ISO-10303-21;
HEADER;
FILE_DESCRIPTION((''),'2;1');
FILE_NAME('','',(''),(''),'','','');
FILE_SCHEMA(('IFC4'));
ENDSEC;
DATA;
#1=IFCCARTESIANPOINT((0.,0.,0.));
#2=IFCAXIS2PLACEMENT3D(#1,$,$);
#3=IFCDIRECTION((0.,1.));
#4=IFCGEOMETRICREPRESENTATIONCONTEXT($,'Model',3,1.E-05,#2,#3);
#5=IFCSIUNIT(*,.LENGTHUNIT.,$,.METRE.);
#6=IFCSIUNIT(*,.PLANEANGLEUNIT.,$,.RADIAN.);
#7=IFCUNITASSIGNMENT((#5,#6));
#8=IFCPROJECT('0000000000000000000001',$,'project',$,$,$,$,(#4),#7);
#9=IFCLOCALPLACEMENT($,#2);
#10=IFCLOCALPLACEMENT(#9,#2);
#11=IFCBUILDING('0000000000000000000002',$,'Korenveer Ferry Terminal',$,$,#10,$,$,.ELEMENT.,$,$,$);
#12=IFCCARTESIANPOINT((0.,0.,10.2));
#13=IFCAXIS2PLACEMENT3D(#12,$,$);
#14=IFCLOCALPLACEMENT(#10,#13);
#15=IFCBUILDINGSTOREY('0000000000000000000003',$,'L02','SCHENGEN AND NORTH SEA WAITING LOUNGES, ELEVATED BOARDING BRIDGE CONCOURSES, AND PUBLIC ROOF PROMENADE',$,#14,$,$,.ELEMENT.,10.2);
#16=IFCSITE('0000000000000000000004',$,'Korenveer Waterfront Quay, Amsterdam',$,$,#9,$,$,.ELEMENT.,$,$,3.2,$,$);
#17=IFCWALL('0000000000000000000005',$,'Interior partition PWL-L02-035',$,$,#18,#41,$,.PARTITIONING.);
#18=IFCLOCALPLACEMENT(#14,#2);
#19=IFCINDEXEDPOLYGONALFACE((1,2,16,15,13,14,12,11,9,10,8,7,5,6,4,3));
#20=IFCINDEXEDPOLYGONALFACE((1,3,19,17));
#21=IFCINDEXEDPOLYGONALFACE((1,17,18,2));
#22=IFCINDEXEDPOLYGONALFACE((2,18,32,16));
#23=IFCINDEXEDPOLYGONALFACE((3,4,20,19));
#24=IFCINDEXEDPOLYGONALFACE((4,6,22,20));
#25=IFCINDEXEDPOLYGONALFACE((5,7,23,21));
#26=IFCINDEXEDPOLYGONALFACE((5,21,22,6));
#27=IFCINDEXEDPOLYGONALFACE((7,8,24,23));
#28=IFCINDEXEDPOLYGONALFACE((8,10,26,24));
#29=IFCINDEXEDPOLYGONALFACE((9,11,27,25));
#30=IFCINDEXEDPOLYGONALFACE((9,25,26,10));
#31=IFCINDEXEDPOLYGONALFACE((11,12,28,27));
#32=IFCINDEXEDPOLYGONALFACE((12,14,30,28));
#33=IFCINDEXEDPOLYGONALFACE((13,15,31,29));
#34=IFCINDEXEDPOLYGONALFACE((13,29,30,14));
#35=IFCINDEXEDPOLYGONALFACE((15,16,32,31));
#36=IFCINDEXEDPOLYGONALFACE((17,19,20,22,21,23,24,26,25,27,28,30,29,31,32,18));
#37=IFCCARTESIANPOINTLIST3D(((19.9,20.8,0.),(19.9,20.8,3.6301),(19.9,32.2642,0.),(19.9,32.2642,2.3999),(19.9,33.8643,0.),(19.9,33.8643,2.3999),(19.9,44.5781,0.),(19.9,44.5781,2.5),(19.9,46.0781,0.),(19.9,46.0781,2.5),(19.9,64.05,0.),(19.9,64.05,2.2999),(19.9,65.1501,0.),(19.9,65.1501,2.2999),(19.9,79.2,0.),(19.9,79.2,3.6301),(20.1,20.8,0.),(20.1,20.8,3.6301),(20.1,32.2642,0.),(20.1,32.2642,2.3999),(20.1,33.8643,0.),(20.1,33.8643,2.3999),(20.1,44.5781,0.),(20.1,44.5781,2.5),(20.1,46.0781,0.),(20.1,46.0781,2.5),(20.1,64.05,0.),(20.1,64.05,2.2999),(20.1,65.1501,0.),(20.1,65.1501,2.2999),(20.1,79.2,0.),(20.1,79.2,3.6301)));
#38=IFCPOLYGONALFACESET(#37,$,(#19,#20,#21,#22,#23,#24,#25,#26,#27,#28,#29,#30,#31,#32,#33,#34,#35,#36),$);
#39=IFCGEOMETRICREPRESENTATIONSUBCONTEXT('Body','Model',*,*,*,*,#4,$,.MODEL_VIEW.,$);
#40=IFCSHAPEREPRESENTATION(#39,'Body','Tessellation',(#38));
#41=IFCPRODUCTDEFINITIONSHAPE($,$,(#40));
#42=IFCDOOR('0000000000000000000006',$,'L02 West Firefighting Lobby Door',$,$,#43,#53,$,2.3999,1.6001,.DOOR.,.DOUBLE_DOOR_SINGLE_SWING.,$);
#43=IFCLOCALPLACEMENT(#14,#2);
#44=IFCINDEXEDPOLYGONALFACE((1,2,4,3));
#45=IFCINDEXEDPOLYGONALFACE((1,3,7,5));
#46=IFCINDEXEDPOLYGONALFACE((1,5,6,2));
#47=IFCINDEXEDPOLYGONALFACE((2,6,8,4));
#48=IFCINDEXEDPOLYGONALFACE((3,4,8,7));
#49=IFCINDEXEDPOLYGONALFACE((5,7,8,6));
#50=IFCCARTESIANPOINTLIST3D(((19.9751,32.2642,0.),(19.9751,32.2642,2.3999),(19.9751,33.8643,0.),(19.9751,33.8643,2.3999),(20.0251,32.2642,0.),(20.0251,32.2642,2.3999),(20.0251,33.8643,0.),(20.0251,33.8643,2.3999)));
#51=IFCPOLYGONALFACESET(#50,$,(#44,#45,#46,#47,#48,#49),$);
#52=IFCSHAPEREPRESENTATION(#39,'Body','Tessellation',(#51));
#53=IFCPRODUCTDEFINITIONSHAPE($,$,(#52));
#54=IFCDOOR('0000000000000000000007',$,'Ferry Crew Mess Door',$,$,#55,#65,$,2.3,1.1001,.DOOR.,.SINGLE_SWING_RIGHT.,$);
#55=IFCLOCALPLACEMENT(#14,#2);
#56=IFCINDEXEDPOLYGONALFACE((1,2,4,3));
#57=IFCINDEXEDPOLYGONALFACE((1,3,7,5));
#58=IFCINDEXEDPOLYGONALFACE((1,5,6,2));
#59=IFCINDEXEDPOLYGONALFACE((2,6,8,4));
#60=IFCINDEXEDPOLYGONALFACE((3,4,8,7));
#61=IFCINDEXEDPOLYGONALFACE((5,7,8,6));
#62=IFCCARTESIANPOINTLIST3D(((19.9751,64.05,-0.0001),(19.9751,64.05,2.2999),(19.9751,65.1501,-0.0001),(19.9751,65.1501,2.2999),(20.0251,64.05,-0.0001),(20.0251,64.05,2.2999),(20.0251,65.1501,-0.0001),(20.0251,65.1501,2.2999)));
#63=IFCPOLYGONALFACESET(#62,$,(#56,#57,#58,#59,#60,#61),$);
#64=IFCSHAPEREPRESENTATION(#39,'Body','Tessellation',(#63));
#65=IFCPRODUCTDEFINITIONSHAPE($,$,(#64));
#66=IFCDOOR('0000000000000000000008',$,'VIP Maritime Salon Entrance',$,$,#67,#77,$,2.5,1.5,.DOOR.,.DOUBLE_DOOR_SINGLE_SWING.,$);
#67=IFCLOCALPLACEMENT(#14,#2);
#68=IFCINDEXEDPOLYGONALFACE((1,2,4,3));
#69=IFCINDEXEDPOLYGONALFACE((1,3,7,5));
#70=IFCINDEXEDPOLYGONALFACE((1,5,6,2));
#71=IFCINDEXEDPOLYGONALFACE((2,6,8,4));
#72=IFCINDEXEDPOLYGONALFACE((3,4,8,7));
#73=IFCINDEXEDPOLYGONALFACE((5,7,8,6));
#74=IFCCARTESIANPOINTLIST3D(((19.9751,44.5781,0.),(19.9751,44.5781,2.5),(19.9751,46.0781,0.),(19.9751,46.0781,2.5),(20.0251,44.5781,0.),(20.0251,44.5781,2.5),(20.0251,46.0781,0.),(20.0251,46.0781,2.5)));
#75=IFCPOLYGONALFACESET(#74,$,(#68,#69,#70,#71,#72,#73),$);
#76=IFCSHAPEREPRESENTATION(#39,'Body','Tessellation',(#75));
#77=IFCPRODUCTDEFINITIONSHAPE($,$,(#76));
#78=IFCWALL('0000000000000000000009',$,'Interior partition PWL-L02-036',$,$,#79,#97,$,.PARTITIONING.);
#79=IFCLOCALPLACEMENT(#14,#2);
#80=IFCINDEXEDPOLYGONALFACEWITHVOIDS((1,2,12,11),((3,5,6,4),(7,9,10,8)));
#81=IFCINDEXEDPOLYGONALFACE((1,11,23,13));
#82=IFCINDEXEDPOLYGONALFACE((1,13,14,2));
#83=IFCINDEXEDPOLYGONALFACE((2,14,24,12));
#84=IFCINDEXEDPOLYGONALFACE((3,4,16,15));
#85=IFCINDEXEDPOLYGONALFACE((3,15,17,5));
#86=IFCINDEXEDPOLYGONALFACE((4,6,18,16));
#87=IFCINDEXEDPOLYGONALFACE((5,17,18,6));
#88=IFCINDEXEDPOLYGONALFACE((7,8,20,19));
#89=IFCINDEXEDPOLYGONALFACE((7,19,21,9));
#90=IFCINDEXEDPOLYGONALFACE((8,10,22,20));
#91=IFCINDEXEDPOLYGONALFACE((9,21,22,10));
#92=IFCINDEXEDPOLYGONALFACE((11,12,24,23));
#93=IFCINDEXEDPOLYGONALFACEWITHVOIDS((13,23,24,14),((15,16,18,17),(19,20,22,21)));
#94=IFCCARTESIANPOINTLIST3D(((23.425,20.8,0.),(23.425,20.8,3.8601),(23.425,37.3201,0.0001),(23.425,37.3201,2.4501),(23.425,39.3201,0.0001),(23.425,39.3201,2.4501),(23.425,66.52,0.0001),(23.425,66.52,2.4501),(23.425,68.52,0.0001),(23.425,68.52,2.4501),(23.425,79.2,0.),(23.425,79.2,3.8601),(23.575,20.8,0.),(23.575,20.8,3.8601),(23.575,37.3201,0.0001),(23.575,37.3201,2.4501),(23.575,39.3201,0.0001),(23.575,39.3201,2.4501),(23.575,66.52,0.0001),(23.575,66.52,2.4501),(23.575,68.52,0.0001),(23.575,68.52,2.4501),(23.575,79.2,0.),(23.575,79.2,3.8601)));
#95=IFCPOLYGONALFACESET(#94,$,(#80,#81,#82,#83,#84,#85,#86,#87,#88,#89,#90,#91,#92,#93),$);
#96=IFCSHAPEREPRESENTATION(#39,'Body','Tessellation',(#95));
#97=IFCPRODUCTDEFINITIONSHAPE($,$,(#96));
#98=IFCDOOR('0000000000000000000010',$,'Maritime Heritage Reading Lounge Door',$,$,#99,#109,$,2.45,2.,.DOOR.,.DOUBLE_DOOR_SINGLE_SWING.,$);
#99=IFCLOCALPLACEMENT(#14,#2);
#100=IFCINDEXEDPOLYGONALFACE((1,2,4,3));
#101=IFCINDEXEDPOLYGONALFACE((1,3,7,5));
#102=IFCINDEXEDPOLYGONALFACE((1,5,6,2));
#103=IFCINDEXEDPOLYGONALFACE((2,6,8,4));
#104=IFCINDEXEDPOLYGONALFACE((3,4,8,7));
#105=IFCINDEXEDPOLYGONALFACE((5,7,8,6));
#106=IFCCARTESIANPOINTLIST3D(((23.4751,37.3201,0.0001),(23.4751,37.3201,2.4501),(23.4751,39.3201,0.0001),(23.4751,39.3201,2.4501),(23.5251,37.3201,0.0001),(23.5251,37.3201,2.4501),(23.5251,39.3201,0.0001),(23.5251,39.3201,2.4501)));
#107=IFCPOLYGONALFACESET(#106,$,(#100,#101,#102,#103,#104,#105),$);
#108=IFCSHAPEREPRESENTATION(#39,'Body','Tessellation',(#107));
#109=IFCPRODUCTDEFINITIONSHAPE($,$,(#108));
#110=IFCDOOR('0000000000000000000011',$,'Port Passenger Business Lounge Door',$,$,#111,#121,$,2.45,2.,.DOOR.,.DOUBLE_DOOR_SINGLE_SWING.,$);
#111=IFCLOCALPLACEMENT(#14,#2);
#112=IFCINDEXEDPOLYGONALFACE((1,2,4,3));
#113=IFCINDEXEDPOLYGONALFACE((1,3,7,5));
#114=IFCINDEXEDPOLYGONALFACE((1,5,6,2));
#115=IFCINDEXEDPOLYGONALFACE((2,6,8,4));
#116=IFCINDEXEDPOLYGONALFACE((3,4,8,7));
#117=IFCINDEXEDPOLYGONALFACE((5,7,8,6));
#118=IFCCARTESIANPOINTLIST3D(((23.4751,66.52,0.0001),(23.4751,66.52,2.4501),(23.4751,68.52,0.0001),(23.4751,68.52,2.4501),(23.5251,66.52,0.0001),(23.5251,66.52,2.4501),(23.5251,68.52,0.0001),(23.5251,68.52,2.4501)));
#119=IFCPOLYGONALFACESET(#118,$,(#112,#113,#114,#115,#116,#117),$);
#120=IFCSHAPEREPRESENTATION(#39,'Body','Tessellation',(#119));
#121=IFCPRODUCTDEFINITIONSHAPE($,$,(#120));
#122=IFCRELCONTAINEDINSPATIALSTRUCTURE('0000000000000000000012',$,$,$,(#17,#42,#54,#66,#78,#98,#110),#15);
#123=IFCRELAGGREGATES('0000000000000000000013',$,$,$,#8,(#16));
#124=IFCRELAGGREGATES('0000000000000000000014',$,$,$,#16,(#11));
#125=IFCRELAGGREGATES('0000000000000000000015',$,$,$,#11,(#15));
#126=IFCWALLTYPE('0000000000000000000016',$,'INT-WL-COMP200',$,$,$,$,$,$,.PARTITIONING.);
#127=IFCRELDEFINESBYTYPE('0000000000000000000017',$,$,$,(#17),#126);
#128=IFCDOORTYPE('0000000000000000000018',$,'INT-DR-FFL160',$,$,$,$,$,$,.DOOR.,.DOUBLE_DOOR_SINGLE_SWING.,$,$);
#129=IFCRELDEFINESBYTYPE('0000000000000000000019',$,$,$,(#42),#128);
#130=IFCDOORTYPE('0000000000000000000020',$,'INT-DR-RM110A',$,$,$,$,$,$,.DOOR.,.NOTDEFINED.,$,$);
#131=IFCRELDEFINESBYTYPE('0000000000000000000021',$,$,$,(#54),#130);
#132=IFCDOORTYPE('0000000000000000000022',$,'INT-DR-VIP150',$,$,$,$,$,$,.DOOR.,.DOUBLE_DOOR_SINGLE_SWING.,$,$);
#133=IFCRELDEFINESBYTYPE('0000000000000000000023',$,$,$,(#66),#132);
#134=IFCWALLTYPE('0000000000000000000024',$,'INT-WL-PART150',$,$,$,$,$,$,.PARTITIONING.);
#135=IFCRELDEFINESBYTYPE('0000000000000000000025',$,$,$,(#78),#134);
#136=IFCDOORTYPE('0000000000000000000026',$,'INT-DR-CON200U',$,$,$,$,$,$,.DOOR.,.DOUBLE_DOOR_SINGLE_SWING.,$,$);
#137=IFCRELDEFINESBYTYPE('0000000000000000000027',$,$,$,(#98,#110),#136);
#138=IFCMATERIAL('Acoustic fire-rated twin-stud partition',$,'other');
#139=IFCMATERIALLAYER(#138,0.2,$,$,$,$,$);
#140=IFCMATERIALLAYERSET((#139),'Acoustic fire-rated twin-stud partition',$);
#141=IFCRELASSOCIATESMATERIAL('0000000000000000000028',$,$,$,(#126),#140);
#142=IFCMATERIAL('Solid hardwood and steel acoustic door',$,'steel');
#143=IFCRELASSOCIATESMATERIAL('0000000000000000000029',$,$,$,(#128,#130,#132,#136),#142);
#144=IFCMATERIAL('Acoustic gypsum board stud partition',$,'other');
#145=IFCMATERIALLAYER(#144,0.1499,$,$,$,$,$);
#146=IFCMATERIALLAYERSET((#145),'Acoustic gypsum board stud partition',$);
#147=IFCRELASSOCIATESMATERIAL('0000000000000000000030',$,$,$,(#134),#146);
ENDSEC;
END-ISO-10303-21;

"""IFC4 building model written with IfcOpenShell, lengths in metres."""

from ifc_helpers import new_model, si_unit, direction, frame, frame_2d, origin, place, context, subcontext, project, spatial, rectangle, extrude, material, layer, layer_set, type_object, element, fill, save


model = new_model("IFC4")

# Units and contexts
model_context = context("Model", 3, precision=1e-05, world=origin(), true_north=direction((0.0, 1.0)))
body_context = subcontext(model_context, "Body", "Model", "MODEL_VIEW")
ifc_project = project(units=[si_unit("LENGTHUNIT", "METRE"), si_unit("PLANEANGLEUNIT", "RADIAN")], contexts=[model_context])

# Site, building, storey
site_placement = place(None, origin())
site = spatial("IfcSite", under=ifc_project, at=site_placement, Name="Korenveer Waterfront Quay, Amsterdam", CompositionType="ELEMENT", RefElevation=3.2)
building_placement = place(site_placement, origin())
building = spatial("IfcBuilding", under=site, at=building_placement, Name="Korenveer Ferry Terminal", CompositionType="ELEMENT")
storey_placement = place(building_placement, frame((0.0, 0.0, 10.2)))
storey = spatial("IfcBuildingStorey", under=building, at=storey_placement, Name="L02", Description="SCHENGEN AND NORTH SEA WAITING LOUNGES, ELEVATED BOARDING BRIDGE CONCOURSES, AND PUBLIC ROOF PROMENADE", CompositionType="ELEMENT", Elevation=10.2)

# Walls, openings, doors
ifc_material_1 = material(Name="Acoustic fire-rated twin-stud partition", Category="other")
ifc_layer_1 = layer(ifc_material_1, 0.2)
ifc_layer_set_1 = layer_set([ifc_layer_1], Name="Acoustic fire-rated twin-stud partition")
wall_type_1 = type_object("IfcWallType", Name="INT-WL-COMP200", PredefinedType="PARTITIONING", material=ifc_layer_set_1)
wall_1_placement = place(storey_placement, frame((20.0, 20.8, 0.0), z_axis=(0.0, 0.0, 1.0), x_axis=(0.0, 1.0, 0.0)))
wall_1 = element("IfcWall", 1, at=wall_1_placement, inside=storey, type_object=wall_type_1, Name="Interior partition PWL-L02-035", PredefinedType="PARTITIONING", context=body_context, shape_type="SweptSolid", body=[
    extrude(rectangle(XDim=58.3999, YDim=0.2, at=frame_2d((29.2, 0.0))), origin(), (0.0, 0.0, 1.0), 3.6301),
])
opening_1_placement = place(wall_1_placement, frame((11.4641, 0.0, 0.0)))
opening_1 = element("IfcOpeningElement", 2, at=opening_1_placement, cuts=wall_1, PredefinedType="OPENING", context=body_context, shape_type="SweptSolid", body=[
    extrude(rectangle(XDim=1.6001, YDim=2.3999, at=frame_2d((0.8, 1.2))), frame((0.0, 0.1099, 0.0), z_axis=(0.0, -1.0, 0.0), x_axis=(1.0, 0.0, 0.0)), (0.0, 0.0, 1.0), 0.22),
])
opening_2_placement = place(wall_1_placement, frame((23.7781, 0.0, 0.0)))
opening_2 = element("IfcOpeningElement", 3, at=opening_2_placement, cuts=wall_1, PredefinedType="OPENING", context=body_context, shape_type="SweptSolid", body=[
    extrude(rectangle(XDim=1.5, YDim=2.5, at=frame_2d((0.75, 1.25))), frame((0.0, 0.1099, 0.0), z_axis=(0.0, -1.0, 0.0), x_axis=(1.0, 0.0, 0.0)), (0.0, 0.0, 1.0), 0.22),
])
opening_3_placement = place(wall_1_placement, frame((43.25, 0.0, 0.0)))
opening_3 = element("IfcOpeningElement", 4, at=opening_3_placement, cuts=wall_1, PredefinedType="OPENING", context=body_context, shape_type="SweptSolid", body=[
    extrude(rectangle(XDim=1.1001, YDim=2.3, at=frame_2d((0.55, 1.1499))), frame((0.0, 0.1099, 0.0), z_axis=(0.0, -1.0, 0.0), x_axis=(1.0, 0.0, 0.0)), (0.0, 0.0, 1.0), 0.22),
])
ifc_material_2 = material(Name="Solid hardwood and steel acoustic door", Category="steel")
door_type_1 = type_object("IfcDoorType", Name="INT-DR-FFL160", OperationType="DOUBLE_DOOR_SINGLE_SWING", PredefinedType="DOOR", material=ifc_material_2)
door_1_placement = place(opening_1_placement, origin())
door_1 = element("IfcDoor", 5, at=door_1_placement, inside=storey, type_object=door_type_1, Name="L02 West Firefighting Lobby Door", OperationType="DOUBLE_DOOR_SINGLE_SWING", OverallHeight=2.3999, OverallWidth=1.6001, PredefinedType="DOOR", context=body_context, shape_type="SweptSolid", body=[
    extrude(rectangle(XDim=1.6001, YDim=2.3999, at=frame_2d((0.8, 1.2))), frame((0.0, 0.0249, 0.0), z_axis=(0.0, -1.0, 0.0), x_axis=(1.0, 0.0, 0.0)), (0.0, 0.0, 1.0), 0.05),
])
fill(opening_1, door_1)
door_type_2 = type_object("IfcDoorType", Name="INT-DR-RM110A", OperationType="NOTDEFINED", PredefinedType="DOOR", material=ifc_material_2)
door_2_placement = place(opening_3_placement, origin())
door_2 = element("IfcDoor", 6, at=door_2_placement, inside=storey, type_object=door_type_2, Name="Ferry Crew Mess Door", OperationType="SINGLE_SWING_RIGHT", OverallHeight=2.3, OverallWidth=1.1001, PredefinedType="DOOR", context=body_context, shape_type="SweptSolid", body=[
    extrude(rectangle(XDim=1.1001, YDim=2.3, at=frame_2d((0.55, 1.1499))), frame((0.0, 0.0249, 0.0), z_axis=(0.0, -1.0, 0.0), x_axis=(1.0, 0.0, 0.0)), (0.0, 0.0, 1.0), 0.05),
])
fill(opening_3, door_2)
door_type_3 = type_object("IfcDoorType", Name="INT-DR-VIP150", OperationType="DOUBLE_DOOR_SINGLE_SWING", PredefinedType="DOOR", material=ifc_material_2)
door_3_placement = place(opening_2_placement, origin())
door_3 = element("IfcDoor", 7, at=door_3_placement, inside=storey, type_object=door_type_3, Name="VIP Maritime Salon Entrance", OperationType="DOUBLE_DOOR_SINGLE_SWING", OverallHeight=2.5, OverallWidth=1.5, PredefinedType="DOOR", context=body_context, shape_type="SweptSolid", body=[
    extrude(rectangle(XDim=1.5, YDim=2.5, at=frame_2d((0.75, 1.25))), frame((0.0, 0.0249, 0.0), z_axis=(0.0, -1.0, 0.0), x_axis=(1.0, 0.0, 0.0)), (0.0, 0.0, 1.0), 0.05),
])
fill(opening_2, door_3)
ifc_material_3 = material(Name="Acoustic gypsum board stud partition", Category="other")
ifc_layer_2 = layer(ifc_material_3, 0.1499)
ifc_layer_set_2 = layer_set([ifc_layer_2], Name="Acoustic gypsum board stud partition")
wall_type_2 = type_object("IfcWallType", Name="INT-WL-PART150", PredefinedType="PARTITIONING", material=ifc_layer_set_2)
wall_2_placement = place(storey_placement, frame((23.5, 20.8, 0.0), z_axis=(0.0, 0.0, 1.0), x_axis=(0.0, 1.0, 0.0)))
wall_2 = element("IfcWall", 8, at=wall_2_placement, inside=storey, type_object=wall_type_2, Name="Interior partition PWL-L02-036", PredefinedType="PARTITIONING", context=body_context, shape_type="SweptSolid", body=[
    extrude(rectangle(XDim=58.3999, YDim=0.1499, at=frame_2d((29.2, 0.0))), origin(), (0.0, 0.0, 1.0), 3.8601),
])
opening_4_placement = place(wall_2_placement, frame((16.52, 0.0, 0.0)))
opening_4 = element("IfcOpeningElement", 9, at=opening_4_placement, cuts=wall_2, PredefinedType="OPENING", context=body_context, shape_type="SweptSolid", body=[
    extrude(rectangle(XDim=2.0, YDim=2.45, at=frame_2d((1.0, 1.2251))), frame((0.0, 0.085, 0.0), z_axis=(0.0, -1.0, 0.0), x_axis=(1.0, 0.0, 0.0)), (0.0, 0.0, 1.0), 0.1699),
])
opening_5_placement = place(wall_2_placement, frame((45.72, 0.0, 0.0)))
opening_5 = element("IfcOpeningElement", 10, at=opening_5_placement, cuts=wall_2, PredefinedType="OPENING", context=body_context, shape_type="SweptSolid", body=[
    extrude(rectangle(XDim=2.0, YDim=2.45, at=frame_2d((1.0, 1.2251))), frame((0.0, 0.085, 0.0), z_axis=(0.0, -1.0, 0.0), x_axis=(1.0, 0.0, 0.0)), (0.0, 0.0, 1.0), 0.1699),
])
door_type_4 = type_object("IfcDoorType", Name="INT-DR-CON200U", OperationType="DOUBLE_DOOR_SINGLE_SWING", PredefinedType="DOOR", material=ifc_material_2)
door_4_placement = place(opening_4_placement, origin())
door_4 = element("IfcDoor", 11, at=door_4_placement, inside=storey, type_object=door_type_4, Name="Maritime Heritage Reading Lounge Door", OperationType="DOUBLE_DOOR_SINGLE_SWING", OverallHeight=2.45, OverallWidth=2.0, PredefinedType="DOOR", context=body_context, shape_type="SweptSolid", body=[
    extrude(rectangle(XDim=2.0, YDim=2.45, at=frame_2d((1.0, 1.2251))), frame((0.0, 0.0249, 0.0), z_axis=(0.0, -1.0, 0.0), x_axis=(1.0, 0.0, 0.0)), (0.0, 0.0, 1.0), 0.05),
])
fill(opening_4, door_4)
door_5_placement = place(opening_5_placement, origin())
door_5 = element("IfcDoor", 12, at=door_5_placement, inside=storey, type_object=door_type_4, Name="Port Passenger Business Lounge Door", OperationType="DOUBLE_DOOR_SINGLE_SWING", OverallHeight=2.45, OverallWidth=2.0, PredefinedType="DOOR", context=body_context, shape_type="SweptSolid", body=[
    extrude(rectangle(XDim=2.0, YDim=2.45, at=frame_2d((1.0, 1.2251))), frame((0.0, 0.0249, 0.0), z_axis=(0.0, -1.0, 0.0), x_axis=(1.0, 0.0, 0.0)), (0.0, 0.0, 1.0), 0.05),
])
fill(opening_5, door_5)

save(model, "model.ifc")
